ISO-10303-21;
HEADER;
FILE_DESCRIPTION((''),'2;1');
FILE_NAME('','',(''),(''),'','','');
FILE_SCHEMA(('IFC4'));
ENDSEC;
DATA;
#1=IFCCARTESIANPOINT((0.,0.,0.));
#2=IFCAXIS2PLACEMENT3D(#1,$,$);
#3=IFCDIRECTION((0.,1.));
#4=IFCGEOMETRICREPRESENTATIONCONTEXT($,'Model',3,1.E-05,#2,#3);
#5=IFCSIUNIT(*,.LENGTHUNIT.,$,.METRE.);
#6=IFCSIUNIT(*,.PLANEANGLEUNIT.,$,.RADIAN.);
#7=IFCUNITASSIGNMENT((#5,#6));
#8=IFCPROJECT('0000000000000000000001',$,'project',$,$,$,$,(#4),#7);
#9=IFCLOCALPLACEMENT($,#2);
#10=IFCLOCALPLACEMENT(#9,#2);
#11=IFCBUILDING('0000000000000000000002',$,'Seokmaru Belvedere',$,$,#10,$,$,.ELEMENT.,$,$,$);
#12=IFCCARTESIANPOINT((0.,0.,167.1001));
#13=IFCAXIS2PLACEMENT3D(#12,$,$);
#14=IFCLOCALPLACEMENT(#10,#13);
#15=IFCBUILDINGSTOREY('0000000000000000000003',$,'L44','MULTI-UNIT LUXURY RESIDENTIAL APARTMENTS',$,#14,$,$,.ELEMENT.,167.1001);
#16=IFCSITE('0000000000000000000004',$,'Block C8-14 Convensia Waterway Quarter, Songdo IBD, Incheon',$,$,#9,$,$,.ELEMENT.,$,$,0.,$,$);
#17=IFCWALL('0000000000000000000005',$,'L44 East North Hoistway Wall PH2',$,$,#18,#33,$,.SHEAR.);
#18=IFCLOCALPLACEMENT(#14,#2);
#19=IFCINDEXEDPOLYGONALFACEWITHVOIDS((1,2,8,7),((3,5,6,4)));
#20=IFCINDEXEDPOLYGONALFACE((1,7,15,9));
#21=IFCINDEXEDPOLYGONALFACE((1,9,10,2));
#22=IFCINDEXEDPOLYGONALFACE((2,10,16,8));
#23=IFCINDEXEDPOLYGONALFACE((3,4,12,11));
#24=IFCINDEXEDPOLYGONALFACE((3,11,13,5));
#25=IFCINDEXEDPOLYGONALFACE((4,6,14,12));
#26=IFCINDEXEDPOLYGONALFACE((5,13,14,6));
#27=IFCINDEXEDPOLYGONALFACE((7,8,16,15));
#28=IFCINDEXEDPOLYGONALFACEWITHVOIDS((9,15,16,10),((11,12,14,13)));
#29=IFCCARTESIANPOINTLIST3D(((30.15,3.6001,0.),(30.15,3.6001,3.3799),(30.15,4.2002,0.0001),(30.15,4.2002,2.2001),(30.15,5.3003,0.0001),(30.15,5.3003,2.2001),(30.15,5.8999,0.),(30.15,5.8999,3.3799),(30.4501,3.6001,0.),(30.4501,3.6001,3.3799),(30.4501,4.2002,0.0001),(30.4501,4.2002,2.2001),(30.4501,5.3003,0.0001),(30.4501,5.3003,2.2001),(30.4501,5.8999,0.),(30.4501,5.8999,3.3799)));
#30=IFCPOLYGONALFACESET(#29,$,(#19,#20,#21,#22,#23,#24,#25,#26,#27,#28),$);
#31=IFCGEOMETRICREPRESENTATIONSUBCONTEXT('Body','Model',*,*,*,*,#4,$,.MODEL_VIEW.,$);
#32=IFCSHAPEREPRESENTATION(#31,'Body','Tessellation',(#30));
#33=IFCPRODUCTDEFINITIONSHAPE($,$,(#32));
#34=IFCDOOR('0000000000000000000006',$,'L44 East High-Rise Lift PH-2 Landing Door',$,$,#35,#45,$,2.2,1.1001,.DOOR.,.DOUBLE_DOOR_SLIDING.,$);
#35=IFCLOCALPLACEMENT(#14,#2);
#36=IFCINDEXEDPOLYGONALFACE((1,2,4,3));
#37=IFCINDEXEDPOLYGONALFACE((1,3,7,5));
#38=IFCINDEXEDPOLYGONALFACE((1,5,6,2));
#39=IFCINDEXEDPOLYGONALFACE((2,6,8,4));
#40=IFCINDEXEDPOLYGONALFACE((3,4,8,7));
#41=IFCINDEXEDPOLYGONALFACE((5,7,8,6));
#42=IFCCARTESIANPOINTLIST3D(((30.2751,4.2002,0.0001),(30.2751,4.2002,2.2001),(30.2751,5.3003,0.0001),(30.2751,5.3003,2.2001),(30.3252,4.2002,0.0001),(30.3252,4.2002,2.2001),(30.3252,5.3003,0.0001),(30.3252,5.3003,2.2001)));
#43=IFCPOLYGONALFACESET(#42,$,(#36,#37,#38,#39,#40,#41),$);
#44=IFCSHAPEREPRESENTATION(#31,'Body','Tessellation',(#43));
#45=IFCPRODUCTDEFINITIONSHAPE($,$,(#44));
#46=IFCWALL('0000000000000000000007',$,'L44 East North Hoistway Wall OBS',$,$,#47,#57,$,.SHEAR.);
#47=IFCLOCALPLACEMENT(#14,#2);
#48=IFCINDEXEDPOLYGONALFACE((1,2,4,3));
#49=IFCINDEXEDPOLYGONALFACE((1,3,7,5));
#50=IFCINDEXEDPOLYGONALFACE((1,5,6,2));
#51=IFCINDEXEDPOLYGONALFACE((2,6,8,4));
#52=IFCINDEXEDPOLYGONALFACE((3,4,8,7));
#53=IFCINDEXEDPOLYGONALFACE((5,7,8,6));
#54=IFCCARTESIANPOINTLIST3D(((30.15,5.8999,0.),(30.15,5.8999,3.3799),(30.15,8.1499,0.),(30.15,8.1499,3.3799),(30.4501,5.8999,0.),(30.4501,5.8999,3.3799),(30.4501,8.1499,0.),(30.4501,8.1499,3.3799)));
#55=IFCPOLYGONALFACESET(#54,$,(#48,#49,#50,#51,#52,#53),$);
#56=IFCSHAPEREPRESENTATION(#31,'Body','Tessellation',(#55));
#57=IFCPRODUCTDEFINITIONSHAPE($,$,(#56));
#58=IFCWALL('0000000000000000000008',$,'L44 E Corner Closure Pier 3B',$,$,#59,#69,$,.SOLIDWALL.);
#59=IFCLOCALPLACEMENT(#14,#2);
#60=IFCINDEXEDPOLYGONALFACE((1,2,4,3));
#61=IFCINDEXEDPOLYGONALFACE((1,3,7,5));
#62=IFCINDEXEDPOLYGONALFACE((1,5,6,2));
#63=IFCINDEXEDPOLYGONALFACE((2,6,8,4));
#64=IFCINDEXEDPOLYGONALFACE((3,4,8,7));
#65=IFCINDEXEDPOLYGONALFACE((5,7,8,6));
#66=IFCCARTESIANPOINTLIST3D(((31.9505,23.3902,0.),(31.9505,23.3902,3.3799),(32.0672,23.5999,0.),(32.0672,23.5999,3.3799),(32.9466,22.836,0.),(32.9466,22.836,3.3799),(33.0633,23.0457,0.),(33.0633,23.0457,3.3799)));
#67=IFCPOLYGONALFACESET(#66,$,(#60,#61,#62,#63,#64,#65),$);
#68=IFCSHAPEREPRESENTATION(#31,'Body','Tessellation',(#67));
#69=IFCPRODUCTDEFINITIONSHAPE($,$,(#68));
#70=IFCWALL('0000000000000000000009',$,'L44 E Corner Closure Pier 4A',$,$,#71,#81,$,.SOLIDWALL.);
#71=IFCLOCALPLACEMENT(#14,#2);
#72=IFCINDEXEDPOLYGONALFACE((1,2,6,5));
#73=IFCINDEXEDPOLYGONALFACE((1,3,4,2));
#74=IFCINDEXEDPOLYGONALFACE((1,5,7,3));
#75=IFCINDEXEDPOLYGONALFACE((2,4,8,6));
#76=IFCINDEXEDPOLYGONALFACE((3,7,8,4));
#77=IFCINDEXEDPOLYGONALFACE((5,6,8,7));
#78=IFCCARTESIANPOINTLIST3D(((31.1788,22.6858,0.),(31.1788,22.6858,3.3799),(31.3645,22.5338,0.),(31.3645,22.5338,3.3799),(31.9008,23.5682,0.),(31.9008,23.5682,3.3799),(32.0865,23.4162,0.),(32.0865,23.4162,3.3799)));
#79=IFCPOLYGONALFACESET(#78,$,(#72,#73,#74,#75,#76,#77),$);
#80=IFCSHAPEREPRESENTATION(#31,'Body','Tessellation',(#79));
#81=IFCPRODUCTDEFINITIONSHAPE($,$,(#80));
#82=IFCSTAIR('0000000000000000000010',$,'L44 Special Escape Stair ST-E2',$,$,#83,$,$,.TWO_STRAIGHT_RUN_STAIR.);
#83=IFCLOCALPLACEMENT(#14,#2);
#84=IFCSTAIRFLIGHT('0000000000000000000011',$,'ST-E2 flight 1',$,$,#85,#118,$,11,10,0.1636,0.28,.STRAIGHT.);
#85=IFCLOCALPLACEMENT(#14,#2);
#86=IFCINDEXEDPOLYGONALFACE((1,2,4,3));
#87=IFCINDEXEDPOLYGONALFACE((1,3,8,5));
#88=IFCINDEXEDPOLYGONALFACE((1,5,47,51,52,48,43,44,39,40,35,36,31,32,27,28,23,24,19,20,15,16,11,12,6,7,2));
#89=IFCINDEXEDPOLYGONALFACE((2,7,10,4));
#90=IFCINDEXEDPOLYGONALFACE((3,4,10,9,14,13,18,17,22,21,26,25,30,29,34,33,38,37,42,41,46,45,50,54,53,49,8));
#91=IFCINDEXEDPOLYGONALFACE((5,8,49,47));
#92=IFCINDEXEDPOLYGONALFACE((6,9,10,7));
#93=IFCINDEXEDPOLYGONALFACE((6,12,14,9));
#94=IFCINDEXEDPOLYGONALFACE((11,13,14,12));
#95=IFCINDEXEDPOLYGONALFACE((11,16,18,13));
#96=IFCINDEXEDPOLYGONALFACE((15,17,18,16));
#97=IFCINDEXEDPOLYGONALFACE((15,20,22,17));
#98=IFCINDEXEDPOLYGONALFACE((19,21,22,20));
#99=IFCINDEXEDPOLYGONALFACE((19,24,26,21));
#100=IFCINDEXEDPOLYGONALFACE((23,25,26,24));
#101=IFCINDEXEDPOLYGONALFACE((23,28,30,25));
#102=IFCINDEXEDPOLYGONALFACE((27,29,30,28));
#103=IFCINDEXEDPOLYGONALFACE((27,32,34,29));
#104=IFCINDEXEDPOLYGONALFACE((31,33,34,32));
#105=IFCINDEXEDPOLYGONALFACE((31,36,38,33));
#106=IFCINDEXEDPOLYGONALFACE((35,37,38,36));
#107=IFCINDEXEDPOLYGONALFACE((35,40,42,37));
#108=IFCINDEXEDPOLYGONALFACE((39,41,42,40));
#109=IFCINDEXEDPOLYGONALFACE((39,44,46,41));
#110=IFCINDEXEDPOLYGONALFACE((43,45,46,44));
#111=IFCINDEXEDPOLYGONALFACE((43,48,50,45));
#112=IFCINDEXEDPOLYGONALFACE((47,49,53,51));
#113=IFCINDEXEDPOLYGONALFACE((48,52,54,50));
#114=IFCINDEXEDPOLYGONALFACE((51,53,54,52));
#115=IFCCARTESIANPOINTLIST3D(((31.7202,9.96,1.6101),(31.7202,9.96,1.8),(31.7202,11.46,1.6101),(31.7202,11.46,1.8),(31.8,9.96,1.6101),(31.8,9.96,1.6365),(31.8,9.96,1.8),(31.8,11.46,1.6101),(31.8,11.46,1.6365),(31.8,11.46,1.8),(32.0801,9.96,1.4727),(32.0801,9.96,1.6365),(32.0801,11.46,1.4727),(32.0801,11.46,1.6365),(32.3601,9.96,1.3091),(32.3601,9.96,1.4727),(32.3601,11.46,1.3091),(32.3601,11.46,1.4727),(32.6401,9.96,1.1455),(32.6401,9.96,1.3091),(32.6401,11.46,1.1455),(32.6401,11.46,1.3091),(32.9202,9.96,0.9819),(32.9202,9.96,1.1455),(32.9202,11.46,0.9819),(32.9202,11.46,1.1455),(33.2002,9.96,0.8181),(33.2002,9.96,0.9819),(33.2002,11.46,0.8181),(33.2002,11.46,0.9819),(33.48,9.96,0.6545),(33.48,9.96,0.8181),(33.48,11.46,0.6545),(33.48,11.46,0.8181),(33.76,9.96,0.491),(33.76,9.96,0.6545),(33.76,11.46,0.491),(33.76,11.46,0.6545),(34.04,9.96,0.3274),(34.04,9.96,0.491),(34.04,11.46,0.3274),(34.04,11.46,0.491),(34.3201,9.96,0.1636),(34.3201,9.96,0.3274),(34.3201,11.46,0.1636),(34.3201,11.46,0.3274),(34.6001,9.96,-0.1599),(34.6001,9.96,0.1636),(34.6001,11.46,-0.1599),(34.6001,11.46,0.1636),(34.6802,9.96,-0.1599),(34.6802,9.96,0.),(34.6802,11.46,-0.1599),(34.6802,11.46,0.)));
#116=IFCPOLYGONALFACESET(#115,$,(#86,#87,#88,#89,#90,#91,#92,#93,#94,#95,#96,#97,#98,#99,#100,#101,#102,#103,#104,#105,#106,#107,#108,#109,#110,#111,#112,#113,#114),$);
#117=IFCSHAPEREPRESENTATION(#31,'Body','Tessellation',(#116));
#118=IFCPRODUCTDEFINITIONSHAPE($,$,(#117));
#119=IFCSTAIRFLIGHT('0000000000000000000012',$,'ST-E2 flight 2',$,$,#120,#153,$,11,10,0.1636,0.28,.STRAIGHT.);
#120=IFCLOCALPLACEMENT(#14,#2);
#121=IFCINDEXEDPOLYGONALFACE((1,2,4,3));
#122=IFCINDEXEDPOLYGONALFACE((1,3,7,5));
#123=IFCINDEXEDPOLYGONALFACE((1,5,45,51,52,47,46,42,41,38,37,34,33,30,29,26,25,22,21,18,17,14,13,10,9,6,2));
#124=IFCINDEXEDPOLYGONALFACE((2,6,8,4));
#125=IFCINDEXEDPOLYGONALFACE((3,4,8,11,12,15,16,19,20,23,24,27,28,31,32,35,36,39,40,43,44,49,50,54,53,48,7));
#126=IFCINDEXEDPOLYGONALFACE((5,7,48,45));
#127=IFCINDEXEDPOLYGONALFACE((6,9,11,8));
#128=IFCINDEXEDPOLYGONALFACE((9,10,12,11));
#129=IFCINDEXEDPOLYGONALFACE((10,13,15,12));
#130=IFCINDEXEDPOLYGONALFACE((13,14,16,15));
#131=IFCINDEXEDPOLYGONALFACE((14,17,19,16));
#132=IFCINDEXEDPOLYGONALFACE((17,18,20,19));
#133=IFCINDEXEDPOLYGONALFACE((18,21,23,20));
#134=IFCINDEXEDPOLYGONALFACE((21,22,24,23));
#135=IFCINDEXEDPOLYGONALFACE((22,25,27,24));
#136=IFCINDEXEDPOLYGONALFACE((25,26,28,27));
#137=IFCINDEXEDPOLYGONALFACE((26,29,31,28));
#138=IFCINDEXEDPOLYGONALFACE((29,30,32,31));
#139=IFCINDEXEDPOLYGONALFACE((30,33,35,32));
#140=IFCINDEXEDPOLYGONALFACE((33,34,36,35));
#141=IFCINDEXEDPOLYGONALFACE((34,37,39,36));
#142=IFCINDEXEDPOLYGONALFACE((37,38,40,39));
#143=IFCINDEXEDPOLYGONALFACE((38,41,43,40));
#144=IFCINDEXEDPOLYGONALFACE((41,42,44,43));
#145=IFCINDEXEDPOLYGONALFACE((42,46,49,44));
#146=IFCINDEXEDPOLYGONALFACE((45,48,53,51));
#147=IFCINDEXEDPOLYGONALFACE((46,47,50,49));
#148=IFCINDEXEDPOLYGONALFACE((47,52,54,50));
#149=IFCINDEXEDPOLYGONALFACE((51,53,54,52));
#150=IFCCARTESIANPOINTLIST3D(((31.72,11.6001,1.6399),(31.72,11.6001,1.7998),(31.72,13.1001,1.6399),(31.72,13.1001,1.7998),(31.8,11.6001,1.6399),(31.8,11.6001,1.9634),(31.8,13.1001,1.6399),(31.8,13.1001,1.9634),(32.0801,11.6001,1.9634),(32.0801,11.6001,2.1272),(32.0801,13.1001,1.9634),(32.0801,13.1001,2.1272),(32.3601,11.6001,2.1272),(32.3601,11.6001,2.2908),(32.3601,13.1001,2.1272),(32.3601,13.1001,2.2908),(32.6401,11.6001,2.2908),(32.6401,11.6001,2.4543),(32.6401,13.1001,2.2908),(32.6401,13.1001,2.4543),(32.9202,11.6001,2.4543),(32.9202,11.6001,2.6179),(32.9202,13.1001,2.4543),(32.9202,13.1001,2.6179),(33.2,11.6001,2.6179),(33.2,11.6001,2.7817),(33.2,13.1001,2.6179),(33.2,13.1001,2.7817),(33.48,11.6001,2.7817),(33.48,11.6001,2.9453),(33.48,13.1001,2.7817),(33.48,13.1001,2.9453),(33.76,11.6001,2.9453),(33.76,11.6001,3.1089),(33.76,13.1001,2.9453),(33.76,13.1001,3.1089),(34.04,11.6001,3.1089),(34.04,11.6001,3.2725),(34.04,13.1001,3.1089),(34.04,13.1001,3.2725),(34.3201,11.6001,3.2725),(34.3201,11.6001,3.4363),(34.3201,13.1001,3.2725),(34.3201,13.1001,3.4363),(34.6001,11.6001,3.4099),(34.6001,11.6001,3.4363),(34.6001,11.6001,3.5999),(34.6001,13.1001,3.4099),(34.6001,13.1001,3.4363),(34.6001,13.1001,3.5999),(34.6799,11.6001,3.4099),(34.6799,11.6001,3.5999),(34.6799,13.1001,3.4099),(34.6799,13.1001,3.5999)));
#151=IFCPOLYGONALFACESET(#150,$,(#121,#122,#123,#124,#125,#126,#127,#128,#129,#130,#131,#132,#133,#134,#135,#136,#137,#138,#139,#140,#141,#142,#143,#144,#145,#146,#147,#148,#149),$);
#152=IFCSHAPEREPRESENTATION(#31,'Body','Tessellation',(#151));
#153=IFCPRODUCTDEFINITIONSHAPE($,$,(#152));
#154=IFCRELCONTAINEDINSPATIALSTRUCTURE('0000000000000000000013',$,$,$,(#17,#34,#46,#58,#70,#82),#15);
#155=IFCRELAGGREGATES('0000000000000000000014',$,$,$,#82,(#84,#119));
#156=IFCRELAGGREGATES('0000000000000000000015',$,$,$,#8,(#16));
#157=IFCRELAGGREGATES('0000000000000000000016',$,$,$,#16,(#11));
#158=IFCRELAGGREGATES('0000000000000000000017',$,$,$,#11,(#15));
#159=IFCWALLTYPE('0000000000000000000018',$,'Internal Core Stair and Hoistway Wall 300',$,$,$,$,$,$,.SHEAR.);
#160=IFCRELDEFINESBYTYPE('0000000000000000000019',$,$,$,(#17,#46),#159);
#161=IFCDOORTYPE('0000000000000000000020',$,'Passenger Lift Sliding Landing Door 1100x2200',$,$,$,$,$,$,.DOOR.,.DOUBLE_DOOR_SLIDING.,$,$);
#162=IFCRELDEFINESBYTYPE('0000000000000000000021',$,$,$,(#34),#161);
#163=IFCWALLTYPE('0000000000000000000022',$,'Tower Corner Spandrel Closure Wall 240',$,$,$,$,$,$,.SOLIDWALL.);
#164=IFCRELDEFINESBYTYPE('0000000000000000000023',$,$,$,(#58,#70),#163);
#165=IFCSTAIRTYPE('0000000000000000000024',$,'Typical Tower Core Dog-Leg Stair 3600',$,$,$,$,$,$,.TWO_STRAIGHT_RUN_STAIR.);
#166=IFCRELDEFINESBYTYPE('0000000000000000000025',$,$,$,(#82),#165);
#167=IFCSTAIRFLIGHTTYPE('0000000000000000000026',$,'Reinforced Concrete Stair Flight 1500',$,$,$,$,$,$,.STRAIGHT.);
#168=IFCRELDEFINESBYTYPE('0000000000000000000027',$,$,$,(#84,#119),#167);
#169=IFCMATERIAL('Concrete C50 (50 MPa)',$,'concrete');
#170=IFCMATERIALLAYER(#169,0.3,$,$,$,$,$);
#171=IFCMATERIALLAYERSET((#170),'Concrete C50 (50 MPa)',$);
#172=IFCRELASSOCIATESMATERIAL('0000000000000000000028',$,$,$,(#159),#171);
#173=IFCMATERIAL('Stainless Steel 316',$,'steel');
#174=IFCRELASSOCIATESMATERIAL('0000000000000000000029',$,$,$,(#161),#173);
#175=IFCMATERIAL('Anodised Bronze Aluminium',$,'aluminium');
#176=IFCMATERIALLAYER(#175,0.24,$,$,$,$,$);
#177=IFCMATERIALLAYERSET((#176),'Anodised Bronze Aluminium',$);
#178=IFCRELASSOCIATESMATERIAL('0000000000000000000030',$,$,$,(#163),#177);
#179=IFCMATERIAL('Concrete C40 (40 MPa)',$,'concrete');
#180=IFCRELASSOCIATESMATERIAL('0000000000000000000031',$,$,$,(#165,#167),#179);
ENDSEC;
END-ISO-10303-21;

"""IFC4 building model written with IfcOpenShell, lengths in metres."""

from ifc_helpers import new_model, si_unit, direction, frame, frame_2d, origin, place, context, subcontext, project, spatial, polyline, rectangle, outline, extrude, source, transform, mapped, material, layer, layer_set, type_object, type_shapes, element, fill, aggregate, save


model = new_model("IFC4")

# Units and contexts
model_context = context("Model", 3, precision=1e-05, world=origin(), true_north=direction((0.0, 1.0)))
body_context = subcontext(model_context, "Body", "Model", "MODEL_VIEW")
ifc_project = project(units=[si_unit("LENGTHUNIT", "METRE"), si_unit("PLANEANGLEUNIT", "RADIAN")], contexts=[model_context])

# Site, building, storey
site_placement = place(None, origin())
site = spatial("IfcSite", under=ifc_project, at=site_placement, Name="Block C8-14 Convensia Waterway Quarter, Songdo IBD, Incheon", CompositionType="ELEMENT", RefElevation=0.0)
building_placement = place(site_placement, origin())
building = spatial("IfcBuilding", under=site, at=building_placement, Name="Seokmaru Belvedere", CompositionType="ELEMENT")
storey_placement = place(building_placement, frame((0.0, 0.0, 167.1001)))
storey = spatial("IfcBuildingStorey", under=building, at=storey_placement, Name="L44", Description="MULTI-UNIT LUXURY RESIDENTIAL APARTMENTS", CompositionType="ELEMENT", Elevation=167.1001)

# Shared definitions
ifc_material_1 = material(Name="Anodised Bronze Aluminium", Category="aluminium")

# Wall, opening, door
ifc_material_2 = material(Name="Concrete C50 (50 MPa)", Category="concrete")
ifc_layer_1 = layer(ifc_material_2, 0.3)
ifc_layer_set_1 = layer_set([ifc_layer_1], Name="Concrete C50 (50 MPa)")
wall_type_1 = type_object("IfcWallType", Name="Internal Core Stair and Hoistway Wall 300", PredefinedType="SHEAR", material=ifc_layer_set_1)
wall_1_placement = place(storey_placement, frame((30.3, 3.6001, 0.0), z_axis=(0.0, 0.0, 1.0), x_axis=(0.0, 1.0, 0.0)))
wall_1 = element("IfcWall", 1, at=wall_1_placement, inside=storey, type_object=wall_type_1, Name="L44 East North Hoistway Wall PH2", PredefinedType="SHEAR", context=body_context, shape_type="SweptSolid", body=[
    extrude(rectangle(XDim=2.2998, YDim=0.3, at=frame_2d((1.1499, 0.0))), origin(), (0.0, 0.0, 1.0), 3.3799),
])
opening_1_placement = place(wall_1_placement, frame((0.6001, 0.0, 0.0)))
opening_1 = element("IfcOpeningElement", 2, at=opening_1_placement, cuts=wall_1, PredefinedType="OPENING", context=body_context, shape_type="SweptSolid", body=[
    extrude(rectangle(XDim=1.1001, YDim=2.2, at=frame_2d((0.55, 1.1001))), frame((0.0, 0.1602, 0.0), z_axis=(0.0, -1.0, 0.0), x_axis=(1.0, 0.0, 0.0)), (0.0, 0.0, 1.0), 0.3201),
])
ifc_material_3 = material(Name="Stainless Steel 316", Category="steel")
door_type_1 = type_object("IfcDoorType", Name="Passenger Lift Sliding Landing Door 1100x2200", OperationType="DOUBLE_DOOR_SLIDING", PredefinedType="DOOR", material=ifc_material_3)
shared_shape_1 = source(origin(), body_context, "Body", "SweptSolid", [
    extrude(rectangle(XDim=1.1001, YDim=2.2, at=frame_2d((0.55, 1.1001))), frame((0.0, 0.0249, 0.0), z_axis=(0.0, -1.0, 0.0), x_axis=(1.0, 0.0, 0.0)), (0.0, 0.0, 1.0), 0.05),
])
type_shapes(door_type_1, [shared_shape_1])
door_1_placement = place(opening_1_placement, origin())
door_1 = element("IfcDoor", 3, at=door_1_placement, inside=storey, type_object=door_type_1, Name="L44 East High-Rise Lift PH-2 Landing Door", OperationType="DOUBLE_DOOR_SLIDING", OverallHeight=2.2, OverallWidth=1.1001, PredefinedType="DOOR", context=body_context, shape_type="MappedRepresentation", body=[
    mapped(shared_shape_1, transform((0.0, 0.0, 0.0), scale=1.0)),
])
fill(opening_1, door_1)

# Wall
wall_2_placement = place(storey_placement, frame((30.3, 5.8999, 0.0), z_axis=(0.0, 0.0, 1.0), x_axis=(0.0, 1.0, 0.0)))
element("IfcWall", 4, at=wall_2_placement, inside=storey, type_object=wall_type_1, Name="L44 East North Hoistway Wall OBS", PredefinedType="SHEAR", context=body_context, shape_type="SweptSolid", body=[
    extrude(rectangle(XDim=2.25, YDim=0.3, at=frame_2d((1.125, 0.0))), origin(), (0.0, 0.0, 1.0), 3.3799),
])

# Walls
ifc_layer_2 = layer(ifc_material_1, 0.24)
ifc_layer_set_2 = layer_set([ifc_layer_2], Name="Anodised Bronze Aluminium")
wall_type_2 = type_object("IfcWallType", Name="Tower Corner Spandrel Closure Wall 240", PredefinedType="SOLIDWALL", material=ifc_layer_set_2)
wall_3_placement = place(storey_placement, frame((33.0049, 22.9409, 0.0), z_axis=(0.0, 0.0, 1.0), x_axis=(-0.873854, 0.486188, 0.0)))
element("IfcWall", 5, at=wall_3_placement, inside=storey, type_object=wall_type_2, Name="L44 E Corner Closure Pier 3B", PredefinedType="SOLIDWALL", context=body_context, shape_type="SweptSolid", body=[
    extrude(rectangle(XDim=1.1399, YDim=0.24, at=frame_2d((0.5698, 0.0))), origin(), (0.0, 0.0, 1.0), 3.3799),
])
wall_4_placement = place(storey_placement, frame((31.9937, 23.4922, 0.0), z_axis=(0.0, 0.0, 1.0), x_axis=(-0.633249, -0.773948, 0.0)))
element("IfcWall", 6, at=wall_4_placement, inside=storey, type_object=wall_type_2, Name="L44 E Corner Closure Pier 4A", PredefinedType="SOLIDWALL", context=body_context, shape_type="SweptSolid", body=[
    extrude(rectangle(XDim=1.1401, YDim=0.24, at=frame_2d((0.5701, 0.0))), origin(), (0.0, 0.0, 1.0), 3.3799),
])

# Stair, stair flights
ifc_material_4 = material(Name="Concrete C40 (40 MPa)", Category="concrete")
stair_type = type_object("IfcStairType", Name="Typical Tower Core Dog-Leg Stair 3600", PredefinedType="TWO_STRAIGHT_RUN_STAIR", material=ifc_material_4)
stair_placement = place(storey_placement, origin())
stair = element("IfcStair", 7, at=stair_placement, inside=storey, type_object=stair_type, Name="L44 Special Escape Stair ST-E2", PredefinedType="TWO_STRAIGHT_RUN_STAIR")
stair_flight_type = type_object("IfcStairFlightType", Name="Reinforced Concrete Stair Flight 1500", PredefinedType="STRAIGHT", material=ifc_material_4)
stair_flight_1_placement = place(storey_placement, frame((34.6001, 10.71, 0.0), z_axis=(0.0, 0.0, 1.0), x_axis=(-1.0, 0.0, 0.0)))
stair_flight_1 = element("IfcStairFlight", 8, at=stair_flight_1_placement, type_object=stair_flight_type, Name="ST-E2 flight 1", NumberOfRisers=11, NumberOfTreads=10, PredefinedType="STRAIGHT", RiserHeight=0.1636, TreadLength=0.28, context=body_context, shape_type="SweptSolid", body=[
    extrude(outline(polyline([(-0.0801, 0.0), (0.0, 0.1636), (0.28, 0.1636), (0.28, 0.3274), (0.5601, 0.3274), (0.5601, 0.491), (0.8401, 0.491), (0.8401, 0.6545), (1.1201, 0.6545), (1.1201, 0.8181), (1.3999, 0.8181), (1.3999, 0.9819), (1.6799, 0.9819), (1.6799, 1.1455), (1.96, 1.1455), (1.96, 1.3091), (2.24, 1.3091), (2.24, 1.4727), (2.52, 1.4727), (2.52, 1.6365), (2.8, 1.6365), (2.8, 1.8), (2.8799, 1.8), (2.8799, 1.6101), (2.8, 1.6101), (0.0, -0.1599), (-0.0801, -0.1599), (-0.0801, 0.0)])), frame((0.0, 0.75, 0.0), z_axis=(0.0, -1.0, 0.0), x_axis=(1.0, 0.0, 0.0)), (0.0, 0.0, 1.0), 1.5),
])
stair_flight_2_placement = place(storey_placement, frame((31.8, 12.3501, 1.7998), z_axis=(0.0, 0.0, 1.0), x_axis=(1.0, 0.0, 0.0)))
stair_flight_2 = element("IfcStairFlight", 9, at=stair_flight_2_placement, type_object=stair_flight_type, Name="ST-E2 flight 2", NumberOfRisers=11, NumberOfTreads=10, PredefinedType="STRAIGHT", RiserHeight=0.1636, TreadLength=0.28, context=body_context, shape_type="SweptSolid", body=[
    extrude(outline(polyline([(-0.0801, 0.0), (0.0, 0.1636), (0.28, 0.1636), (0.28, 0.3274), (0.5601, 0.3274), (0.5601, 0.491), (0.8401, 0.491), (0.8401, 0.6545), (1.1201, 0.6545), (1.1201, 0.8181), (1.3999, 0.8181), (1.3999, 0.9819), (1.6799, 0.9819), (1.6799, 1.1455), (1.96, 1.1455), (1.96, 1.3091), (2.24, 1.3091), (2.24, 1.4727), (2.52, 1.4727), (2.52, 1.6365), (2.8, 1.6365), (2.8, 1.8), (2.8799, 1.8), (2.8799, 1.6101), (2.8, 1.6101), (0.0, -0.1599), (-0.0801, -0.1599), (-0.0801, 0.0)])), frame((0.0, 0.75, 0.0), z_axis=(0.0, -1.0, 0.0), x_axis=(1.0, 0.0, 0.0)), (0.0, 0.0, 1.0), 1.5),
])
aggregate(stair, [stair_flight_1, stair_flight_2])

save(model, "model.ifc")
